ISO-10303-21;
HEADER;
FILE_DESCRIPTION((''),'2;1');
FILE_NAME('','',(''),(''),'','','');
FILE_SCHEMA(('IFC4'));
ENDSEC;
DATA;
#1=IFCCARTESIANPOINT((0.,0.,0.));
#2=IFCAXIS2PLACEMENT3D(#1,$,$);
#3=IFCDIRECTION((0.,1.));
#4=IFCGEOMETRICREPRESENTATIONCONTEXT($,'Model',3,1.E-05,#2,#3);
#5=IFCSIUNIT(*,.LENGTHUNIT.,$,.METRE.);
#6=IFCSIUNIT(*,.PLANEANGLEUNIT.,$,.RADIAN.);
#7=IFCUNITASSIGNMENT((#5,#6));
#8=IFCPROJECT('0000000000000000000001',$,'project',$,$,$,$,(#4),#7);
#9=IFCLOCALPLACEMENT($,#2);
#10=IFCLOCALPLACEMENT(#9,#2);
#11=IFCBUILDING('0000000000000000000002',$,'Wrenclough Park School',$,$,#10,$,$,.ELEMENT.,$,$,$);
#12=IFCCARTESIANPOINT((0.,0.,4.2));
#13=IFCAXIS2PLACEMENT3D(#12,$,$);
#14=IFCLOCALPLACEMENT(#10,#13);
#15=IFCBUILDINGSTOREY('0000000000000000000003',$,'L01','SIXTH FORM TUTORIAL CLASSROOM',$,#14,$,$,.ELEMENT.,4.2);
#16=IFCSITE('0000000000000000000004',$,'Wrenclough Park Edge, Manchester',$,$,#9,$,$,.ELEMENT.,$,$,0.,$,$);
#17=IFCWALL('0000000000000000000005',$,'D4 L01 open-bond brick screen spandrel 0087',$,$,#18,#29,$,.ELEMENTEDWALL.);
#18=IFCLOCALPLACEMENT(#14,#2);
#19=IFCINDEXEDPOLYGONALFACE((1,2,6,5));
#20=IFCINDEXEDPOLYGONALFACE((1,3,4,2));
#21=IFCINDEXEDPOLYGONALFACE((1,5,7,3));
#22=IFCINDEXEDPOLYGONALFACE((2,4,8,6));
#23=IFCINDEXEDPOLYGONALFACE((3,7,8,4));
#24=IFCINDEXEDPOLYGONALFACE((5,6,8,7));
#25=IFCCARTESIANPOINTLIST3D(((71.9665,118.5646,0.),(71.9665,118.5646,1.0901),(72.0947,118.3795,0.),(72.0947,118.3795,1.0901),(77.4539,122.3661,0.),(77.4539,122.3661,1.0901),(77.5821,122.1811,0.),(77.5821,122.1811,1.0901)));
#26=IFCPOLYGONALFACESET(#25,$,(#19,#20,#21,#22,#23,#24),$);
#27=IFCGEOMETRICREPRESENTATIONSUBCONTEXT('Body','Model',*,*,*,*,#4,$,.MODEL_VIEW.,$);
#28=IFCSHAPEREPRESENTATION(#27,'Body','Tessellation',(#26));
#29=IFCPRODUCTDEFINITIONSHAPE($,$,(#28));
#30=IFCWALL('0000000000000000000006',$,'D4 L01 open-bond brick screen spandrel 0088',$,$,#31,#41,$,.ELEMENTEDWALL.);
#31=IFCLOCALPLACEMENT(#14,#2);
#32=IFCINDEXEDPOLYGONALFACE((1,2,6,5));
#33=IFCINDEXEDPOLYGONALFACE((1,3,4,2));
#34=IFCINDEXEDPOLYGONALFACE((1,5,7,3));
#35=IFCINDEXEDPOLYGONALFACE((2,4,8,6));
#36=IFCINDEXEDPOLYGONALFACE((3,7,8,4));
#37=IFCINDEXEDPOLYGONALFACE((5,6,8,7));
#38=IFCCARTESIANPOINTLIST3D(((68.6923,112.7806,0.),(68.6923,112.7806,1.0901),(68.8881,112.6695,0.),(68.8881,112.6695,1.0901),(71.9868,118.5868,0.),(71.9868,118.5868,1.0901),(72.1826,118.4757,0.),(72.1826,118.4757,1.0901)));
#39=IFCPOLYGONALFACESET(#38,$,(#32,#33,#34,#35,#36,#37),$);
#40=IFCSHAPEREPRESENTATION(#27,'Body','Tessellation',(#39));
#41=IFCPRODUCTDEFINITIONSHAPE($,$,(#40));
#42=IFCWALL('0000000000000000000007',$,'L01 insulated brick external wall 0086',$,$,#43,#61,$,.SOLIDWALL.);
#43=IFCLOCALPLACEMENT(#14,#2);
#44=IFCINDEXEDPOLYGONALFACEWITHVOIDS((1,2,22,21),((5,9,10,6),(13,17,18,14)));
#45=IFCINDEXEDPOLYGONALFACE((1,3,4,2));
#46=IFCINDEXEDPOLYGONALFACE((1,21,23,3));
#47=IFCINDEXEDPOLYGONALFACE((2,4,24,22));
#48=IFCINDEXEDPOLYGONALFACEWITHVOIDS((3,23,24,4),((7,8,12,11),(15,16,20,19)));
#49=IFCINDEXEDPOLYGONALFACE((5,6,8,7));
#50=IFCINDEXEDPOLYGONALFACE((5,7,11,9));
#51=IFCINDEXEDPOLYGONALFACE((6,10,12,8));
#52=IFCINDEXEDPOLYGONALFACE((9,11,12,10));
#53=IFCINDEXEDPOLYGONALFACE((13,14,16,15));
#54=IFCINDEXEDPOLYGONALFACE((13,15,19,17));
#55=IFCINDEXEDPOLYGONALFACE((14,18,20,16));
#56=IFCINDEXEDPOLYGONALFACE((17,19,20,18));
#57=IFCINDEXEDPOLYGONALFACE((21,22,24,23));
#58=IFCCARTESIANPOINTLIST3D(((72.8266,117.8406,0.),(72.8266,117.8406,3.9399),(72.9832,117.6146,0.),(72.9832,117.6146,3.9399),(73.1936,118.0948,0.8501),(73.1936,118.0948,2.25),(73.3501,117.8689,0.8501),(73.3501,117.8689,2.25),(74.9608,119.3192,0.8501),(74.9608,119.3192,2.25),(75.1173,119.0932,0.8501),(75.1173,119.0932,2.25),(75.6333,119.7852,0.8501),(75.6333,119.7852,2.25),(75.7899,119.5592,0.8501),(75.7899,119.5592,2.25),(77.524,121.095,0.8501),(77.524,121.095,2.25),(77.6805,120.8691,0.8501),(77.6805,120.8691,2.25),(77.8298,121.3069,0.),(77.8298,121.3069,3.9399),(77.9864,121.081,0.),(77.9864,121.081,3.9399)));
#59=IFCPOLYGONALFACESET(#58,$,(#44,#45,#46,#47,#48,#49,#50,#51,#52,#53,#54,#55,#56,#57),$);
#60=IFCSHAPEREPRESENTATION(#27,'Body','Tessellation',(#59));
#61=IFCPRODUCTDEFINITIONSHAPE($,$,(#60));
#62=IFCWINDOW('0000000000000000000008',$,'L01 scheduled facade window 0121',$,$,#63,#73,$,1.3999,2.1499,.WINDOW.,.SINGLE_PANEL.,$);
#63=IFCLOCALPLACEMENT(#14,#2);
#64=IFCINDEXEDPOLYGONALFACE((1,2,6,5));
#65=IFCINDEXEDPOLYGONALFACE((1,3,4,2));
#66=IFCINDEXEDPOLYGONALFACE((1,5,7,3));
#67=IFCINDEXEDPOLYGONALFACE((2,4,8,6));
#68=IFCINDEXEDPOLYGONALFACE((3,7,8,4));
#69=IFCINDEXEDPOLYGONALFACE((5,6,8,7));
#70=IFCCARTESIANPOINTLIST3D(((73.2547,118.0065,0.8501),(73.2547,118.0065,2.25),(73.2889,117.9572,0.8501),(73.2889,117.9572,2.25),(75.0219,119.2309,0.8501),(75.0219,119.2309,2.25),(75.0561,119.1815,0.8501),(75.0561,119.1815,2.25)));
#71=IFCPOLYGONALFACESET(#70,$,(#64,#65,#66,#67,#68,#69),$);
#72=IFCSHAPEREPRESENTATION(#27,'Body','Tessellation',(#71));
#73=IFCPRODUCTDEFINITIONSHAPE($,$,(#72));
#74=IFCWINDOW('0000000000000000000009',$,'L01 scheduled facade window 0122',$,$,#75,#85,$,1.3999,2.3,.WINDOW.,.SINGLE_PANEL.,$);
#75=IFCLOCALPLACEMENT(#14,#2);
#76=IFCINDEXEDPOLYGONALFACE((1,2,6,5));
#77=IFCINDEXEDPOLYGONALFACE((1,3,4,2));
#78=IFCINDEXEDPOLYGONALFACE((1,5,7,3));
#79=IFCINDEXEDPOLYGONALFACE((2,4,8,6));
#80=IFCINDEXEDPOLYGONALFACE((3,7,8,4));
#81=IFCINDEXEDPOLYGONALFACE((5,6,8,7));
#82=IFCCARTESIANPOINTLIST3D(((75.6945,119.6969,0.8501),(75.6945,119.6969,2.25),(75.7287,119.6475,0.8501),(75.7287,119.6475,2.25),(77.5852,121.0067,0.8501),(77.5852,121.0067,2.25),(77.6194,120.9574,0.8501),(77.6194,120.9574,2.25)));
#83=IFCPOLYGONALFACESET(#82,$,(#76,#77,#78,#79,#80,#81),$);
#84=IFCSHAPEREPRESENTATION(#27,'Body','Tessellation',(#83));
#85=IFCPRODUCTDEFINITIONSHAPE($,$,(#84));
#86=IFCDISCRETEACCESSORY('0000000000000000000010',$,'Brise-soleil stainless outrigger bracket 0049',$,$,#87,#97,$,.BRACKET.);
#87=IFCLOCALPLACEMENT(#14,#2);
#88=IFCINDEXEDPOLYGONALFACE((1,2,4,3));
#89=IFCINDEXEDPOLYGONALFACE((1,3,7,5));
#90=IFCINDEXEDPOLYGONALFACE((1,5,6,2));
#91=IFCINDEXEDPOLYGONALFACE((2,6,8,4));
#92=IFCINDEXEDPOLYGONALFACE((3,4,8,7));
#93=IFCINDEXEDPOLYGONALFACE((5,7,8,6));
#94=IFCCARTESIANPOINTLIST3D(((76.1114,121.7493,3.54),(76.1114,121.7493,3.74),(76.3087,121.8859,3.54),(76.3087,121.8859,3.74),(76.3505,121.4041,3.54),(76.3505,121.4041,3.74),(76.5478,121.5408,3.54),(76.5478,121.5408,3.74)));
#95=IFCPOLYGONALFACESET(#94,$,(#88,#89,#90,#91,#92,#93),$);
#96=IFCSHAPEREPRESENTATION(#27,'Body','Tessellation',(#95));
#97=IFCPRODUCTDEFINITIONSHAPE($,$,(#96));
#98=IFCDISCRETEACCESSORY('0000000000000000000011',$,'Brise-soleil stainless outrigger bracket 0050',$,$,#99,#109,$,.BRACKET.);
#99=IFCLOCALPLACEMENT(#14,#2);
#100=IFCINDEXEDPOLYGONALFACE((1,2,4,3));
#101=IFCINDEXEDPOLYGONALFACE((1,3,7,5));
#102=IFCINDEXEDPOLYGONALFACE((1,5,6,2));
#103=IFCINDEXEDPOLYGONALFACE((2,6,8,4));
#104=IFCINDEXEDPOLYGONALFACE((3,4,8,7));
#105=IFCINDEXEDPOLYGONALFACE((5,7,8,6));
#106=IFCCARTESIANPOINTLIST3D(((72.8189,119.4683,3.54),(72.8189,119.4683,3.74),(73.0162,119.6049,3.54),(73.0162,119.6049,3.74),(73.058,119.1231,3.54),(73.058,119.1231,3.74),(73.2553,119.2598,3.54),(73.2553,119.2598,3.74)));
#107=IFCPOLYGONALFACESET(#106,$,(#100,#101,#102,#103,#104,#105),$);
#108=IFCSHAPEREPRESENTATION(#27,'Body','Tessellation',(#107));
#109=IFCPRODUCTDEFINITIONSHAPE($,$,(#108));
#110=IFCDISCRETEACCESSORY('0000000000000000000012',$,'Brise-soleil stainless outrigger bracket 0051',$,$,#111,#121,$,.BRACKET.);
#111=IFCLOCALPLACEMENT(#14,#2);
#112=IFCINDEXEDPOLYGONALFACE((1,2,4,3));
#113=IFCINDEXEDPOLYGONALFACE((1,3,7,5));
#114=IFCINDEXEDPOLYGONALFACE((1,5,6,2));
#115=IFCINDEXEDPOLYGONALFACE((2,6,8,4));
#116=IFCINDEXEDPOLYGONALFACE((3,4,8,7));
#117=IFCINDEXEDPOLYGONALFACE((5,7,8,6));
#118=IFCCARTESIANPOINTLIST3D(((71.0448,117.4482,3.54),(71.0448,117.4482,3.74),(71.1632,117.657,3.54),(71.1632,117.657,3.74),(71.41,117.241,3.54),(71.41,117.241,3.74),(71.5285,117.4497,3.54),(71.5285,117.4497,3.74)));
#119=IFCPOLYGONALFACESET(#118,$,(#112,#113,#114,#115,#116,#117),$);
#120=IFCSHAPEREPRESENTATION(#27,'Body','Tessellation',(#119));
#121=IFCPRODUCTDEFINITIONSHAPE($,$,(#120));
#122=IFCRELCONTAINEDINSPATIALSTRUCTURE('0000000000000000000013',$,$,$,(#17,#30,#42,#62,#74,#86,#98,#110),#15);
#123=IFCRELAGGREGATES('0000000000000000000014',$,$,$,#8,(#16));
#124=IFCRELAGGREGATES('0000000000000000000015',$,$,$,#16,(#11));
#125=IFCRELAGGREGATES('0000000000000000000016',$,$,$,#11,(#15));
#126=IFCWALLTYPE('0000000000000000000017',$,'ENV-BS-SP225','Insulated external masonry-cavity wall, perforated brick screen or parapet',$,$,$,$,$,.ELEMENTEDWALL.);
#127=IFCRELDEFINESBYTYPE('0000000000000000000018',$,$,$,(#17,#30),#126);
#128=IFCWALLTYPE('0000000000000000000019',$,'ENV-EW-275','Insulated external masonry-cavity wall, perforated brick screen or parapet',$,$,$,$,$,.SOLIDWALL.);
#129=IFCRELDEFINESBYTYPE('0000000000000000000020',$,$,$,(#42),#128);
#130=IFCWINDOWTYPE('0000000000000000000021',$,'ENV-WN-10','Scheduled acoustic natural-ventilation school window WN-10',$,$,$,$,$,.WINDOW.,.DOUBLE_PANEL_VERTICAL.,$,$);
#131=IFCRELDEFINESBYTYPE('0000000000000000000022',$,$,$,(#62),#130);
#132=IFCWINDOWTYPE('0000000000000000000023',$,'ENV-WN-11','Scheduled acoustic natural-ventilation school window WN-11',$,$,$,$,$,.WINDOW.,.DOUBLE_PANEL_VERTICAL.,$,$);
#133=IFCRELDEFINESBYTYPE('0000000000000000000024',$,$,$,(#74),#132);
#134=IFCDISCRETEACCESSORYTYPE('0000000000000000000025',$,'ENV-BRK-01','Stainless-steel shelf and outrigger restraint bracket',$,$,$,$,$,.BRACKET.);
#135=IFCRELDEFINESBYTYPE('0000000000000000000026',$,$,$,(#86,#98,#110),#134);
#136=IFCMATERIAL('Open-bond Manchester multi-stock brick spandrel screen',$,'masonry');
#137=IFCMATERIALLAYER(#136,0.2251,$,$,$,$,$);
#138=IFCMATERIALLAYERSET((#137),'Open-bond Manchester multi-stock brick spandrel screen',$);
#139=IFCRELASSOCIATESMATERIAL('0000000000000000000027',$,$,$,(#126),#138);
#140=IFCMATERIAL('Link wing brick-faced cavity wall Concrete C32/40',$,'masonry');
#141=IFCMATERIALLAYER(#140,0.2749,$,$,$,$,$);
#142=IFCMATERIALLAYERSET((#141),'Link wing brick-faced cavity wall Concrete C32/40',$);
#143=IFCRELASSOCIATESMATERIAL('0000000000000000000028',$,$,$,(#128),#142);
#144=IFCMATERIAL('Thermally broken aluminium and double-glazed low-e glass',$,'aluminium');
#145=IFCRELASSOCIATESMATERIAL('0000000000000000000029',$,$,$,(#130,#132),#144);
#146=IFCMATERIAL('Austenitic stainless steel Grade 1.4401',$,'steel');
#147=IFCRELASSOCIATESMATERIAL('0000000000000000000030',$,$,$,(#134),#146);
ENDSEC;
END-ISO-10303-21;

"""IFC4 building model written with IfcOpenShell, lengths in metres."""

from ifc_helpers import new_model, si_unit, direction, frame, frame_2d, origin, origin_2d, place, context, subcontext, project, spatial, rectangle, extrude, material, layer, layer_set, type_object, element, fill, save


model = new_model("IFC4")

# Units and contexts
model_context = context("Model", 3, precision=1e-05, world=origin(), true_north=direction((0.0, 1.0)))
body_context = subcontext(model_context, "Body", "Model", "MODEL_VIEW")
ifc_project = project(units=[si_unit("LENGTHUNIT", "METRE"), si_unit("PLANEANGLEUNIT", "RADIAN")], contexts=[model_context])

# Site, building, storey
site_placement = place(None, origin())
site = spatial("IfcSite", under=ifc_project, at=site_placement, Name="Wrenclough Park Edge, Manchester", CompositionType="ELEMENT", RefElevation=0.0)
building_placement = place(site_placement, origin())
building = spatial("IfcBuilding", under=site, at=building_placement, Name="Wrenclough Park School", CompositionType="ELEMENT")
storey_placement = place(building_placement, frame((0.0, 0.0, 4.2)))
storey = spatial("IfcBuildingStorey", under=building, at=storey_placement, Name="L01", Description="SIXTH FORM TUTORIAL CLASSROOM", CompositionType="ELEMENT", Elevation=4.2)

# Walls
ifc_material_1 = material(Name="Open-bond Manchester multi-stock brick spandrel screen", Category="masonry")
ifc_layer_1 = layer(ifc_material_1, 0.2251)
ifc_layer_set_1 = layer_set([ifc_layer_1], Name="Open-bond Manchester multi-stock brick spandrel screen")
wall_type_1 = type_object("IfcWallType", Name="ENV-BS-SP225", Description="Insulated external masonry-cavity wall, perforated brick screen or parapet", PredefinedType="ELEMENTEDWALL", material=ifc_layer_set_1)
wall_1_placement = place(storey_placement, frame((77.5181, 122.2737, 0.0), z_axis=(0.0, 0.0, 1.0), x_axis=(-0.822009, -0.569474, 0.0)))
element("IfcWall", 1, at=wall_1_placement, inside=storey, type_object=wall_type_1, Name="D4 L01 open-bond brick screen spandrel 0087", PredefinedType="ELEMENTEDWALL", context=body_context, shape_type="SweptSolid", body=[
    extrude(rectangle(XDim=6.6755, YDim=0.2251, at=frame_2d((3.3379, 0.0))), origin(), (0.0, 0.0, 1.0), 1.0901),
])
wall_2_placement = place(storey_placement, frame((72.0847, 118.5312, 0.0), z_axis=(0.0, 0.0, 1.0), x_axis=(-0.493498, -0.869747, 0.0)))
element("IfcWall", 2, at=wall_2_placement, inside=storey, type_object=wall_type_1, Name="D4 L01 open-bond brick screen spandrel 0088", PredefinedType="ELEMENTEDWALL", context=body_context, shape_type="SweptSolid", body=[
    extrude(rectangle(XDim=6.6758, YDim=0.2251, at=frame_2d((3.3379, 0.0))), origin(), (0.0, 0.0, 1.0), 1.0901),
])

# Wall, openings, windows
ifc_material_2 = material(Name="Link wing brick-faced cavity wall Concrete C32/40", Category="masonry")
ifc_layer_2 = layer(ifc_material_2, 0.2749)
ifc_layer_set_2 = layer_set([ifc_layer_2], Name="Link wing brick-faced cavity wall Concrete C32/40")
wall_type_2 = type_object("IfcWallType", Name="ENV-EW-275", Description="Insulated external masonry-cavity wall, perforated brick screen or parapet", PredefinedType="SOLIDWALL", material=ifc_layer_set_2)
wall_3_placement = place(storey_placement, frame((72.9048, 117.7275, 0.0), z_axis=(0.0, 0.0, 1.0), x_axis=(0.821994, 0.569496, 0.0)))
wall_3 = element("IfcWall", 3, at=wall_3_placement, inside=storey, type_object=wall_type_2, Name="L01 insulated brick external wall 0086", PredefinedType="SOLIDWALL", context=body_context, shape_type="SweptSolid", body=[
    extrude(rectangle(XDim=6.0867, YDim=0.2749, at=frame_2d((3.0435, 0.0))), origin(), (0.0, 0.0, 1.0), 3.9399),
])
opening_1_placement = place(wall_3_placement, frame((0.4465, 0.0, 0.8501)))
opening_1 = element("IfcOpeningElement", 4, at=opening_1_placement, cuts=wall_3, PredefinedType="OPENING", context=body_context, shape_type="SweptSolid", body=[
    extrude(rectangle(XDim=2.1499, YDim=1.3999, at=frame_2d((1.075, 0.7))), frame((0.0, 0.1475, 0.0), z_axis=(0.0, -1.0, 0.0), x_axis=(1.0, 0.0, 0.0)), (0.0, 0.0, 1.0), 0.2949),
])
opening_2_placement = place(wall_3_placement, frame((3.4148, 0.0, 0.8501)))
opening_2 = element("IfcOpeningElement", 5, at=opening_2_placement, cuts=wall_3, PredefinedType="OPENING", context=body_context, shape_type="SweptSolid", body=[
    extrude(rectangle(XDim=2.3, YDim=1.3999, at=frame_2d((1.1499, 0.7))), frame((0.0, 0.1475, 0.0), z_axis=(0.0, -1.0, 0.0), x_axis=(1.0, 0.0, 0.0)), (0.0, 0.0, 1.0), 0.2949),
])
ifc_material_3 = material(Name="Thermally broken aluminium and double-glazed low-e glass", Category="aluminium")
window_type_1 = type_object("IfcWindowType", Name="ENV-WN-10", Description="Scheduled acoustic natural-ventilation school window WN-10", PartitioningType="DOUBLE_PANEL_VERTICAL", PredefinedType="WINDOW", material=ifc_material_3)
window_1_placement = place(opening_1_placement, origin())
window_1 = element("IfcWindow", 6, at=window_1_placement, inside=storey, type_object=window_type_1, Name="L01 scheduled facade window 0121", OverallHeight=1.3999, OverallWidth=2.1499, PartitioningType="SINGLE_PANEL", PredefinedType="WINDOW", context=body_context, shape_type="SweptSolid", body=[
    extrude(rectangle(XDim=2.1499, YDim=1.3999, at=frame_2d((1.075, 0.7))), frame((0.0, 0.03, 0.0), z_axis=(0.0, -1.0, 0.0), x_axis=(1.0, 0.0, 0.0)), (0.0, 0.0, 1.0), 0.0601),
])
fill(opening_1, window_1)
window_type_2 = type_object("IfcWindowType", Name="ENV-WN-11", Description="Scheduled acoustic natural-ventilation school window WN-11", PartitioningType="DOUBLE_PANEL_VERTICAL", PredefinedType="WINDOW", material=ifc_material_3)
window_2_placement = place(opening_2_placement, origin())
window_2 = element("IfcWindow", 7, at=window_2_placement, inside=storey, type_object=window_type_2, Name="L01 scheduled facade window 0122", OverallHeight=1.3999, OverallWidth=2.3, PartitioningType="SINGLE_PANEL", PredefinedType="WINDOW", context=body_context, shape_type="SweptSolid", body=[
    extrude(rectangle(XDim=2.3, YDim=1.3999, at=frame_2d((1.1499, 0.7))), frame((0.0, 0.03, 0.0), z_axis=(0.0, -1.0, 0.0), x_axis=(1.0, 0.0, 0.0)), (0.0, 0.0, 1.0), 0.0601),
])
fill(opening_2, window_2)

# Discrete accessories
ifc_material_4 = material(Name="Austenitic stainless steel Grade 1.4401", Category="steel")
discrete_accessory_type = type_object("IfcDiscreteAccessoryType", Name="ENV-BRK-01", Description="Stainless-steel shelf and outrigger restraint bracket", PredefinedType="BRACKET", material=ifc_material_4)
for number, where, z_axis, x_axis, name in (
    (8, (76.3296, 121.645, 3.54), (0.0, 0.0, 1.0), (-0.822008, -0.569476, 0.0), "Brise-soleil stainless outrigger bracket 0049"),
    (9, (73.0371, 119.364, 3.54), (0.0, 0.0, 1.0), (-0.822008, -0.569476, 0.0), "Brise-soleil stainless outrigger bracket 0050"),
    (10, (71.2866, 117.449, 3.54), (0.0, 0.0, 1.0), (-0.493509, -0.869741, 0.0), "Brise-soleil stainless outrigger bracket 0051"),
):
    element("IfcDiscreteAccessory", number, at=place(storey_placement, frame(where, z_axis=z_axis, x_axis=x_axis)), inside=storey, type_object=discrete_accessory_type, Name=name, PredefinedType="BRACKET", context=body_context, shape_type="SweptSolid", body=[
        extrude(rectangle(XDim=0.24, YDim=0.4199, at=origin_2d()), origin(), (0.0, 0.0, 1.0), 0.2),
    ])

save(model, "model.ifc")
